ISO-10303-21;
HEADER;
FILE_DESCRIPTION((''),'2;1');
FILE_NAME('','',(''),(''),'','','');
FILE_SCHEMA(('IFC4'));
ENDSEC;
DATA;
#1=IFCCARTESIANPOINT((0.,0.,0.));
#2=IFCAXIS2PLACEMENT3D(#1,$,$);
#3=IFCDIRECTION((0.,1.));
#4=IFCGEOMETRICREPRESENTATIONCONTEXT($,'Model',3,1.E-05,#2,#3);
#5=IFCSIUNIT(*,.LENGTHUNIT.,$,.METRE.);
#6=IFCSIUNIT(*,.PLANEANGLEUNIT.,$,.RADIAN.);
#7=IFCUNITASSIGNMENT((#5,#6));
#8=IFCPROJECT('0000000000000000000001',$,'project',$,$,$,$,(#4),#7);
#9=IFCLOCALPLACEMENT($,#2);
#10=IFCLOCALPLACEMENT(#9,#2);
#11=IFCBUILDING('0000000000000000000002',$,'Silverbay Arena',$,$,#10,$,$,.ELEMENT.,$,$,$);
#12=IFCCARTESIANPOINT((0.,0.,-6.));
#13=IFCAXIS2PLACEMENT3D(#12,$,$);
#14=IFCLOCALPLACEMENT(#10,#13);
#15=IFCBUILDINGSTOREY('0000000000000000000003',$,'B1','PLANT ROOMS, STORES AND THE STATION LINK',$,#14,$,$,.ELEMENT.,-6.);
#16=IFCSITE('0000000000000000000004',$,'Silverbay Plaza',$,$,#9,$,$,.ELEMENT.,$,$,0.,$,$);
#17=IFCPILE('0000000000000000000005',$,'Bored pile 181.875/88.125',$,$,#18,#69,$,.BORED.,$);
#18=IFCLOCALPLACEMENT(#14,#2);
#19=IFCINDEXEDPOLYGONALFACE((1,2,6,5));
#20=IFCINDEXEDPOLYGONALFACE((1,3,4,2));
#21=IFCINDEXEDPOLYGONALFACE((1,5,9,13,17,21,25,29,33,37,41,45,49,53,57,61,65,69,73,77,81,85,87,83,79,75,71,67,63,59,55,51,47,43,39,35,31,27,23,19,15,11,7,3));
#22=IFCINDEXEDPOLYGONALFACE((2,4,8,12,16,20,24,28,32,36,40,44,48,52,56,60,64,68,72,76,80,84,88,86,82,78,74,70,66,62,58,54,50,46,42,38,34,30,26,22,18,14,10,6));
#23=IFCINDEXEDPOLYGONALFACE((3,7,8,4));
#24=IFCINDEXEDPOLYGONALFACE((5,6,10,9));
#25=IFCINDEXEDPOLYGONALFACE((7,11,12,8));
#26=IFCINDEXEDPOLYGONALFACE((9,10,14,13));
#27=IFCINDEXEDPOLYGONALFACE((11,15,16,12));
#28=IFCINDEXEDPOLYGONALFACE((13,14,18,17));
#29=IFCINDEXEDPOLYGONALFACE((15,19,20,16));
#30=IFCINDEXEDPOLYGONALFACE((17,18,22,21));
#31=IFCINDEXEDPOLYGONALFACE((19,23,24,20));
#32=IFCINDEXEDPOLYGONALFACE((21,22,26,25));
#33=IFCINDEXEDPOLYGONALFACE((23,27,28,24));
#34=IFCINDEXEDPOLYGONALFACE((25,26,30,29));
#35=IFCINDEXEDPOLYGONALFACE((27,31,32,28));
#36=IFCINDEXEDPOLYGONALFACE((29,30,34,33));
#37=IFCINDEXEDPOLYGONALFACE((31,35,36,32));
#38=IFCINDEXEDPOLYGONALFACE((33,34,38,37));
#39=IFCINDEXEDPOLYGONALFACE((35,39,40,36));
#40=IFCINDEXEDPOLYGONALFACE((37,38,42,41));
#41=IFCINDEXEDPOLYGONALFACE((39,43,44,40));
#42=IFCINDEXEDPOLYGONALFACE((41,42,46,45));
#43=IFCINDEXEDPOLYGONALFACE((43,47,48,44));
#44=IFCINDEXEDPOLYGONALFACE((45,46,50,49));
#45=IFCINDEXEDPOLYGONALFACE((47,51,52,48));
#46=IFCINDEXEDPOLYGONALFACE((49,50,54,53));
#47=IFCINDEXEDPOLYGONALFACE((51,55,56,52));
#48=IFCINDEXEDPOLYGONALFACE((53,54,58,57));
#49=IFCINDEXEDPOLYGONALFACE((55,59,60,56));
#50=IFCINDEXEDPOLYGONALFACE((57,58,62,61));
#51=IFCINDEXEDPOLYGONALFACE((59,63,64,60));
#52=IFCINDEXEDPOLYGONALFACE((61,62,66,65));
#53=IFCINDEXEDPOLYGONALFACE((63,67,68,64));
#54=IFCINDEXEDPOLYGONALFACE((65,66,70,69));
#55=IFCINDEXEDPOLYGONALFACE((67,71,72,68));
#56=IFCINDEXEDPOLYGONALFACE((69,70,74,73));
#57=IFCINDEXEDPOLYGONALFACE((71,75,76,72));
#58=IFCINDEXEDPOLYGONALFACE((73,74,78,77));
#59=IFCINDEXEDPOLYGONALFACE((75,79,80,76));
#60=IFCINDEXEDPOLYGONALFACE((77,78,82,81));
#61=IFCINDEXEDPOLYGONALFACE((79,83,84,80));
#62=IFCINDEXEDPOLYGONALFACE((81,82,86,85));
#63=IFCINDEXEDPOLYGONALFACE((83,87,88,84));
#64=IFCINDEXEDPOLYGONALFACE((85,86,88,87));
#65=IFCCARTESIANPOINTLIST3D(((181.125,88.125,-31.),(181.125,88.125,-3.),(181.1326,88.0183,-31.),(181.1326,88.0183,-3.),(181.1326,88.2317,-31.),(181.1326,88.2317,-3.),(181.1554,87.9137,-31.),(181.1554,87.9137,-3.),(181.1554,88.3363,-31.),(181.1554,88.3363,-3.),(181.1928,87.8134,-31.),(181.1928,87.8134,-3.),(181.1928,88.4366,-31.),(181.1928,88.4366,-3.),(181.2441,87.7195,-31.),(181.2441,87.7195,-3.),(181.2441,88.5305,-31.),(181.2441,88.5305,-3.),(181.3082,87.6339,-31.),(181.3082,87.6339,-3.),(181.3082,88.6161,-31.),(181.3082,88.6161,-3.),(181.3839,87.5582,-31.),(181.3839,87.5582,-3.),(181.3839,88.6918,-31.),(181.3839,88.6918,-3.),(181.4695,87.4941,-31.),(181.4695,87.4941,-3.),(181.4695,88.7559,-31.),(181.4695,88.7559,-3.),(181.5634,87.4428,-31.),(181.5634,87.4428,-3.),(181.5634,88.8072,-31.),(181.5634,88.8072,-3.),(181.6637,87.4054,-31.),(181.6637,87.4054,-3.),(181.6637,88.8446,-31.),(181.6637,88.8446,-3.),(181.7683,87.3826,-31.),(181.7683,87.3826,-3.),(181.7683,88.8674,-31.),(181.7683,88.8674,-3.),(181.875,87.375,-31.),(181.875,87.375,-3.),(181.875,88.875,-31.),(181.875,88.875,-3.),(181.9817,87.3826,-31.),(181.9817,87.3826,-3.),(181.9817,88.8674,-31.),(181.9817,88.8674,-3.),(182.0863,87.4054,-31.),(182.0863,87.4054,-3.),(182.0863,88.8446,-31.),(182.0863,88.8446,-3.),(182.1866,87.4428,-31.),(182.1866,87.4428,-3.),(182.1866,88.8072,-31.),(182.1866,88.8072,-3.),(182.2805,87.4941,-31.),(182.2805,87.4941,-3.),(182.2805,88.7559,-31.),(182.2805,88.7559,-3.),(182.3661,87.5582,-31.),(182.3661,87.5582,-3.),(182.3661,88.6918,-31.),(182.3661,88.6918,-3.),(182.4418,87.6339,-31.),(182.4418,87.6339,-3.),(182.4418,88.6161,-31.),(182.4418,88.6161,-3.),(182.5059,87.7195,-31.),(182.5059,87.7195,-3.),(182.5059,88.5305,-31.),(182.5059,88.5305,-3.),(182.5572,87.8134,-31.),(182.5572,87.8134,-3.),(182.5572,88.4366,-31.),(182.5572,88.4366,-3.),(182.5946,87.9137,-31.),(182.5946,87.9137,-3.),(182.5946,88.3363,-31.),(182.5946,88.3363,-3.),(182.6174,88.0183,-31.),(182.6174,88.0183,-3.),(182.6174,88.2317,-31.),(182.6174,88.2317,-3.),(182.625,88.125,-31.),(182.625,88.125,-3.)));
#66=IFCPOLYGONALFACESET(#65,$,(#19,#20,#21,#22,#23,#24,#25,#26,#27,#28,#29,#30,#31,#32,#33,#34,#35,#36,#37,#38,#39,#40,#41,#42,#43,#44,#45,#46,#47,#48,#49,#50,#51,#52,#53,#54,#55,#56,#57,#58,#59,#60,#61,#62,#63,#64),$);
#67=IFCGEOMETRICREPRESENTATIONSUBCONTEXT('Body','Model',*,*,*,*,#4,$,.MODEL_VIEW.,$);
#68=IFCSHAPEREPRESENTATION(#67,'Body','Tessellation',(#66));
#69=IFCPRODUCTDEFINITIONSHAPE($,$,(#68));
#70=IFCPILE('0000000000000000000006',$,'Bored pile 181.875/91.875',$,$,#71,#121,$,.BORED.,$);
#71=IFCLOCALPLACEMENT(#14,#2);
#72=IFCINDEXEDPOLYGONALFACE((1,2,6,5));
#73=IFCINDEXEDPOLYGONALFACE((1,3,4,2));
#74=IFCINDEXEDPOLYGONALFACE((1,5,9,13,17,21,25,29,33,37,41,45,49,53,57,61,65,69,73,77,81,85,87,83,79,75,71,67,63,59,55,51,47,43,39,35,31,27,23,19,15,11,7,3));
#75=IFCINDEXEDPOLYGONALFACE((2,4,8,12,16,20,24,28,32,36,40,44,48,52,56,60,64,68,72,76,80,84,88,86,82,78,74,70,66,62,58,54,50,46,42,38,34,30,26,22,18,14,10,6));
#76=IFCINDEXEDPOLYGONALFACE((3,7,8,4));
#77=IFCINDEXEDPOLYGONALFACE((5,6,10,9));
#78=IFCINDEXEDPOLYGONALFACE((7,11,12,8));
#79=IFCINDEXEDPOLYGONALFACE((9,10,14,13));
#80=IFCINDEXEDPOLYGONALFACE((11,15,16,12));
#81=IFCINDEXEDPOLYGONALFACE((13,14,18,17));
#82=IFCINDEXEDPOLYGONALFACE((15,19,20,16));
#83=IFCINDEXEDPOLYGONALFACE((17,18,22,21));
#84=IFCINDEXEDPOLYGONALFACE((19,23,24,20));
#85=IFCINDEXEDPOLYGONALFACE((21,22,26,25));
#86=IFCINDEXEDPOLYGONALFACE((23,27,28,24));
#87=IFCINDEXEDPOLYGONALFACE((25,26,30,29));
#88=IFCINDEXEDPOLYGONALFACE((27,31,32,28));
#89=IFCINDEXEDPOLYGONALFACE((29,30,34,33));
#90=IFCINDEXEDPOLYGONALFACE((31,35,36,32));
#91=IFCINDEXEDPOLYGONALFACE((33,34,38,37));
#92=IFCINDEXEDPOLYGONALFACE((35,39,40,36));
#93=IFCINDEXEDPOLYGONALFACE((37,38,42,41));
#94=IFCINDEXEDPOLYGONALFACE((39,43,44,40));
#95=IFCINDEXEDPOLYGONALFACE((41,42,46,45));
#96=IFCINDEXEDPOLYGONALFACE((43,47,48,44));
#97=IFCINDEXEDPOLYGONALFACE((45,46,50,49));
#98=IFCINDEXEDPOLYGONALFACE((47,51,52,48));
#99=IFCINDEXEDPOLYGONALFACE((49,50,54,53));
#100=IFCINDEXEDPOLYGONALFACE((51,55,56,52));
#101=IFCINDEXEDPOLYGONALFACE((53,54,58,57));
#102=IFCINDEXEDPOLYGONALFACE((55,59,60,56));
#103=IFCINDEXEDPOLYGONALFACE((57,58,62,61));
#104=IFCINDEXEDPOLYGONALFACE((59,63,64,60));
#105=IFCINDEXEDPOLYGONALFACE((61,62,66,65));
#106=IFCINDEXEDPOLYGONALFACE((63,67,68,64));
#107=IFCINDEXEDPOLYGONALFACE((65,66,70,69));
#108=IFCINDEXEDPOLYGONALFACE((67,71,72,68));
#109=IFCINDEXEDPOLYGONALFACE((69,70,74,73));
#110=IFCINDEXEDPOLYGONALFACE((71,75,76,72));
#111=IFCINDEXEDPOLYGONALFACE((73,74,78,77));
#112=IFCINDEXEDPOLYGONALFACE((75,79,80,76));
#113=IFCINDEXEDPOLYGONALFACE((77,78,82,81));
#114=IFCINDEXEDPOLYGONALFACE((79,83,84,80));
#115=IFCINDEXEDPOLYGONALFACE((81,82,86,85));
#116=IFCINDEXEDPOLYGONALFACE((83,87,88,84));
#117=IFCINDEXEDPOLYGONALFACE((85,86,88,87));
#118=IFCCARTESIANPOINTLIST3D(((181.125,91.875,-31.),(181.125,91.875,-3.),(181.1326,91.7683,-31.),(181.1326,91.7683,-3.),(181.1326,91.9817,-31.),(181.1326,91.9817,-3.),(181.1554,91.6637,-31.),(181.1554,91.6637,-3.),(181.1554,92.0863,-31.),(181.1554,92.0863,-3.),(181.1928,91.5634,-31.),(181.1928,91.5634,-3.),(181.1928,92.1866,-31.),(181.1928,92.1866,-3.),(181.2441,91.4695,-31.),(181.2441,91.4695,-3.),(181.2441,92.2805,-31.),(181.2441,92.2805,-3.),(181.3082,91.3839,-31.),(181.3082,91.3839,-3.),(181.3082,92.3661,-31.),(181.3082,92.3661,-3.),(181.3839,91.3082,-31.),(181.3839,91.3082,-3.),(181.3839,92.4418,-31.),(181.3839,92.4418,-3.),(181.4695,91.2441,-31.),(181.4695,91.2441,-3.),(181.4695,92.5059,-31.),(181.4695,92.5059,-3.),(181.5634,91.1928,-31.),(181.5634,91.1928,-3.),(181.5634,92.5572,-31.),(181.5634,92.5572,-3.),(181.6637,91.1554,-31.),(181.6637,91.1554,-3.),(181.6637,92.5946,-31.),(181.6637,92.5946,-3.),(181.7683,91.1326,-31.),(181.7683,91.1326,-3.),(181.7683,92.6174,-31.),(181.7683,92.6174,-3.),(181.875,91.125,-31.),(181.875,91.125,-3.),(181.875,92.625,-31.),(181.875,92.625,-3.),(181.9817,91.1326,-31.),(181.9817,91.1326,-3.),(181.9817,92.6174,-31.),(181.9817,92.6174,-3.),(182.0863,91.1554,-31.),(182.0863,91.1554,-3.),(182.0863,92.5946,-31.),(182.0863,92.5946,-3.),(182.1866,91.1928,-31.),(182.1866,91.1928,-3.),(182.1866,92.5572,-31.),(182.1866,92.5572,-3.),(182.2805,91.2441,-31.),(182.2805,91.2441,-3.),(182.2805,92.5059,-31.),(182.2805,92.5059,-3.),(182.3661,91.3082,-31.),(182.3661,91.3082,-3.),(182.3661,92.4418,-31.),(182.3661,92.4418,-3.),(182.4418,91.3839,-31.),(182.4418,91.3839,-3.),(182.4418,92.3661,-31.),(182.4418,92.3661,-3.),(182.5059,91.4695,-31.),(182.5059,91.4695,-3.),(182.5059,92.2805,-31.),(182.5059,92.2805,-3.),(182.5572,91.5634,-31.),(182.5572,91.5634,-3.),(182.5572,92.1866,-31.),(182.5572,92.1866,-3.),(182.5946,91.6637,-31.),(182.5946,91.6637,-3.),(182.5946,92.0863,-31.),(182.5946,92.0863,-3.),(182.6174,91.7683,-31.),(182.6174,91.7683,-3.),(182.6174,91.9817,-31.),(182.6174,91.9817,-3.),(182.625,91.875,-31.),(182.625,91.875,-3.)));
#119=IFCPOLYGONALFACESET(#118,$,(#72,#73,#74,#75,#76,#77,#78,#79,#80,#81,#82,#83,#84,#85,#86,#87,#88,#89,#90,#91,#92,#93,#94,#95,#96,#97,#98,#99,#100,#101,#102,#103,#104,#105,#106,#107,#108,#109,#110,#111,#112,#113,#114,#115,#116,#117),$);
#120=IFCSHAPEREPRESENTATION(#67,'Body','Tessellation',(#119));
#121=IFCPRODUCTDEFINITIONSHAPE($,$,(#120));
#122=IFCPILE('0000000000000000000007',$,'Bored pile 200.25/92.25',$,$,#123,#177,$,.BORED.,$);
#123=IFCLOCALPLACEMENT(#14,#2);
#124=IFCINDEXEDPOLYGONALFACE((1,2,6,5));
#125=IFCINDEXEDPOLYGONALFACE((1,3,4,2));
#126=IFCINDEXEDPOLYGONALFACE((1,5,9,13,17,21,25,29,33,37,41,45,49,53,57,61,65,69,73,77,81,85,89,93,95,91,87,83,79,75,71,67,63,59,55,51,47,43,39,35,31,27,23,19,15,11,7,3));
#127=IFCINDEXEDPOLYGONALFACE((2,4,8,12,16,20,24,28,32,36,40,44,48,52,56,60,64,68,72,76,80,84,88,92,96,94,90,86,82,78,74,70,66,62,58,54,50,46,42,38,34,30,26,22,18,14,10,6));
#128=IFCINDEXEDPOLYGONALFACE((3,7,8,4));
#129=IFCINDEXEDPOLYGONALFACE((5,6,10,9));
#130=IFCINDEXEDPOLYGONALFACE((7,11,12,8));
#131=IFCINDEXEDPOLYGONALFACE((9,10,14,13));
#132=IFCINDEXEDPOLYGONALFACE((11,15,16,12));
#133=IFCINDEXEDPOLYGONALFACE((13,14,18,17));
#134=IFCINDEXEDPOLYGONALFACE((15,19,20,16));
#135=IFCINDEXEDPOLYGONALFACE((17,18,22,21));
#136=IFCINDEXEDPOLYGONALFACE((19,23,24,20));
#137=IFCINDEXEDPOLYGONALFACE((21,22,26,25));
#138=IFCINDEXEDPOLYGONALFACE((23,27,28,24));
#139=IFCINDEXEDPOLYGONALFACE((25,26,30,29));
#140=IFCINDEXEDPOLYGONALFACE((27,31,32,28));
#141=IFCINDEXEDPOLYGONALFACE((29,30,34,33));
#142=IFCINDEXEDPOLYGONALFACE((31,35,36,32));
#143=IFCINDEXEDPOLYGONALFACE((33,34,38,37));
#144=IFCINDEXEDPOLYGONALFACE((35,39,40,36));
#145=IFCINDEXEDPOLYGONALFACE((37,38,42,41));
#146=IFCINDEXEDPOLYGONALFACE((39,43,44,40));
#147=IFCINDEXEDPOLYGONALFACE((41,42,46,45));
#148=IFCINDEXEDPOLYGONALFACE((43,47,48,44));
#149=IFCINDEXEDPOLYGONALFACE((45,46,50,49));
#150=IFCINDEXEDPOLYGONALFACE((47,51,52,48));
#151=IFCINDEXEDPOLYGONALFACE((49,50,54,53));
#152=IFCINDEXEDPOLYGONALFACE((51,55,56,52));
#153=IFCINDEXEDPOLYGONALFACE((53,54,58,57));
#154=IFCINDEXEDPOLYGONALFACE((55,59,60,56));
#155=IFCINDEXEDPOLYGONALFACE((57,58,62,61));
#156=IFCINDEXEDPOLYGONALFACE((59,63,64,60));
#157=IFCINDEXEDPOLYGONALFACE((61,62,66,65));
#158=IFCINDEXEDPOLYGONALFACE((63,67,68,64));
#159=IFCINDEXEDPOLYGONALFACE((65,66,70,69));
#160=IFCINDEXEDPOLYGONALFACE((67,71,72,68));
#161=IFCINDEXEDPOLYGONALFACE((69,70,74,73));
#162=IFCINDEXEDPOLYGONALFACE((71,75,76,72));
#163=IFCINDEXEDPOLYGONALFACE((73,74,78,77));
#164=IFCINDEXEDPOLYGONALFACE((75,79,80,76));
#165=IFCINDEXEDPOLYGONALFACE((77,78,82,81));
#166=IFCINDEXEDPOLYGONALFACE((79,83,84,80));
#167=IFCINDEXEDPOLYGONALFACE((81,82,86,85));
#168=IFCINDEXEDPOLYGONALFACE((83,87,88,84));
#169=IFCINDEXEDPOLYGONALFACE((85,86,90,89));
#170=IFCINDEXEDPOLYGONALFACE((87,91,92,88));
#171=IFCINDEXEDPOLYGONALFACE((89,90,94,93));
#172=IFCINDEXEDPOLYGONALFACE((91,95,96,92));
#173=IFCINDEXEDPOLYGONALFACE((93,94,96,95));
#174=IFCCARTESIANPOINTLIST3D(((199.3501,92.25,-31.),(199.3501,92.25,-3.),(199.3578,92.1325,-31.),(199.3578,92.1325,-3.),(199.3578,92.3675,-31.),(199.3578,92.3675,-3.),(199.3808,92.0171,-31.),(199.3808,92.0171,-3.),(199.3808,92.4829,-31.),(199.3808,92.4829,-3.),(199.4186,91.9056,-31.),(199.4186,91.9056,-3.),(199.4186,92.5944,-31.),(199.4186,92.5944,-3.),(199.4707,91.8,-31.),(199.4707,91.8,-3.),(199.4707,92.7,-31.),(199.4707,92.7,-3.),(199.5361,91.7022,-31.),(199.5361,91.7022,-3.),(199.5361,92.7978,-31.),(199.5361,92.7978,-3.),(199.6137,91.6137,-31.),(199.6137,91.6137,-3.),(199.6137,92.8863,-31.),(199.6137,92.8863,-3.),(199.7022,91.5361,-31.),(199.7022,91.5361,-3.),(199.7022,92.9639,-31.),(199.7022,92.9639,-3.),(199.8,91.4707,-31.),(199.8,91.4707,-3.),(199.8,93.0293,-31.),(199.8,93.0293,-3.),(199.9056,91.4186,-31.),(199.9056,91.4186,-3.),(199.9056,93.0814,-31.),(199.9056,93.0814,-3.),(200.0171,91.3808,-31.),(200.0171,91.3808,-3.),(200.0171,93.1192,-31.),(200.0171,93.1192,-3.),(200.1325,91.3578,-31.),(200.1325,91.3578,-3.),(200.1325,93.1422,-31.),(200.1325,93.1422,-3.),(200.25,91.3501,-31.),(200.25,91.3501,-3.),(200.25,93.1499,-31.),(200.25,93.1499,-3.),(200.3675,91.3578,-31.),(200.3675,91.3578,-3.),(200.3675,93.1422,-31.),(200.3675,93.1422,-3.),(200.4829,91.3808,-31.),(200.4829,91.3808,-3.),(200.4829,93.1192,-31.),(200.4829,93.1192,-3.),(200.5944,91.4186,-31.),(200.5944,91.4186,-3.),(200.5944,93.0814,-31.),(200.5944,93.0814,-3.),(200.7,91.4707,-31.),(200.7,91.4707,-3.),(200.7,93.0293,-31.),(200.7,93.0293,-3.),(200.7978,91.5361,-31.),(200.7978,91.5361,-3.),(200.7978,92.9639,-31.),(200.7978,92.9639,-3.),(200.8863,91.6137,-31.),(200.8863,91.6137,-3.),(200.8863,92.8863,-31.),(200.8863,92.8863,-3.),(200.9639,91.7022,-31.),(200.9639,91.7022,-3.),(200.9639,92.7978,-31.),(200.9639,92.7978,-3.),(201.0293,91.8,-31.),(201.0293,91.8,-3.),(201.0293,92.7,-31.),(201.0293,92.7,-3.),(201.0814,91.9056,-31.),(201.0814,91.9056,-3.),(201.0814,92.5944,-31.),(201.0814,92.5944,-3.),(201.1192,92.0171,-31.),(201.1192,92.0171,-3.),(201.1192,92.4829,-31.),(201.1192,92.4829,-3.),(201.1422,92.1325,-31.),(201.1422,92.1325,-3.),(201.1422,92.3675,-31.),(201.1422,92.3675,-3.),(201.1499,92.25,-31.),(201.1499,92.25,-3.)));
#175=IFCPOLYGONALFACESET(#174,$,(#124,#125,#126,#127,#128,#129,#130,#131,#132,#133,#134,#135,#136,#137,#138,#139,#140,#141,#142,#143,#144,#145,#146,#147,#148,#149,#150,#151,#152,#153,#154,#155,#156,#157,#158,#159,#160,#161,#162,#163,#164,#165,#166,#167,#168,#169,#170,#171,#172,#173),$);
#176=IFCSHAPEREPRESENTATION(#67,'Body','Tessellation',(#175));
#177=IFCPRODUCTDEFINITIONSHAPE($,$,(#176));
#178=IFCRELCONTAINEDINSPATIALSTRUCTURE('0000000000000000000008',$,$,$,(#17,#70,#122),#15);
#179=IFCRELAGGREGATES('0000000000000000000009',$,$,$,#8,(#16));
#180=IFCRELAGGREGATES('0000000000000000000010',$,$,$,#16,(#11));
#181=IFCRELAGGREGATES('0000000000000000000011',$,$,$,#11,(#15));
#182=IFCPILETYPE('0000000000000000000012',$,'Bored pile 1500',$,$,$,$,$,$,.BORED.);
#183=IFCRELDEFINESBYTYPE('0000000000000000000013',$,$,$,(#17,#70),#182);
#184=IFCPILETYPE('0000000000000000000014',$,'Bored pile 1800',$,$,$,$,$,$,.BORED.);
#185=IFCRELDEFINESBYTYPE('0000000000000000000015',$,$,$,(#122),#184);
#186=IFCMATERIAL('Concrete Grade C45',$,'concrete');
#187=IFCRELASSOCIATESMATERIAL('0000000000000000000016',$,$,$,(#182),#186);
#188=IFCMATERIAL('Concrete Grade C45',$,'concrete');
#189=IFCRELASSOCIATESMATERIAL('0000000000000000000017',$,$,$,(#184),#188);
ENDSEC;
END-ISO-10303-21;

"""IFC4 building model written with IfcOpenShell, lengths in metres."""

from ifc_helpers import new_model, si_unit, direction, frame, origin, origin_2d, place, context, subcontext, project, spatial, circle, extrude, material, material_profile, profile_set, type_object, element, save


model = new_model("IFC4")

# Units and contexts
model_context = context("Model", 3, precision=1e-05, world=origin(), true_north=direction((0.0, 1.0)))
body_context = subcontext(model_context, "Body", "Model", "MODEL_VIEW")
ifc_project = project(units=[si_unit("LENGTHUNIT", "METRE"), si_unit("PLANEANGLEUNIT", "RADIAN")], contexts=[model_context])

# Site, building, storey
site_placement = place(None, origin())
site = spatial("IfcSite", under=ifc_project, at=site_placement, Name="Silverbay Plaza", CompositionType="ELEMENT", RefElevation=0.0)
building_placement = place(site_placement, origin())
building = spatial("IfcBuilding", under=site, at=building_placement, Name="Silverbay Arena", CompositionType="ELEMENT")
storey_placement = place(building_placement, frame((0.0, 0.0, -6.0)))
storey = spatial("IfcBuildingStorey", under=building, at=storey_placement, Name="B1", Description="PLANT ROOMS, STORES AND THE STATION LINK", CompositionType="ELEMENT", Elevation=-6.0)

# Piles
ifc_material_1 = material(Name="Concrete Grade C45", Category="concrete")
ifc_material_profile_1 = material_profile(ifc_material_1, circle(Radius=0.75, at=origin_2d()), Name="Bored pile 1500")
ifc_profile_set_1 = profile_set([ifc_material_profile_1], Name="Concrete Grade C45")
pile_type_1 = type_object("IfcPileType", Name="Bored pile 1500", PredefinedType="BORED", material=ifc_profile_set_1)
for number, where, z_axis, x_axis, name in (
    (1, (181.875, 88.125, -3.0), (0.0, 0.0, -1.0), (1.0, 0.0, 0.0), "Bored pile 181.875/88.125"),
    (2, (181.875, 91.875, -3.0), (0.0, 0.0, -1.0), (1.0, 0.0, 0.0), "Bored pile 181.875/91.875"),
):
    element("IfcPile", number, at=place(storey_placement, frame(where, z_axis=z_axis, x_axis=x_axis)), inside=storey, type_object=pile_type_1, Name=name, PredefinedType="BORED", context=body_context, shape_type="SweptSolid", body=[
        extrude(circle(Radius=0.75, at=origin_2d()), origin(), (0.0, 0.0, 1.0), 28.0),
    ])
ifc_material_2 = material(Name="Concrete Grade C45", Category="concrete")
ifc_material_profile_2 = material_profile(ifc_material_2, circle(Radius=0.8999, at=origin_2d()), Name="Bored pile 1800")
ifc_profile_set_2 = profile_set([ifc_material_profile_2], Name="Concrete Grade C45")
pile_type_2 = type_object("IfcPileType", Name="Bored pile 1800", PredefinedType="BORED", material=ifc_profile_set_2)
for number, where, z_axis, x_axis, name in (
    (3, (200.25, 92.25, -3.0), (0.0, 0.0, -1.0), (1.0, 0.0, 0.0), "Bored pile 200.25/92.25"),
):
    element("IfcPile", number, at=place(storey_placement, frame(where, z_axis=z_axis, x_axis=x_axis)), inside=storey, type_object=pile_type_2, Name=name, PredefinedType="BORED", context=body_context, shape_type="SweptSolid", body=[
        extrude(circle(Radius=0.8999, at=origin_2d()), origin(), (0.0, 0.0, 1.0), 28.0),
    ])

save(model, "model.ifc")
